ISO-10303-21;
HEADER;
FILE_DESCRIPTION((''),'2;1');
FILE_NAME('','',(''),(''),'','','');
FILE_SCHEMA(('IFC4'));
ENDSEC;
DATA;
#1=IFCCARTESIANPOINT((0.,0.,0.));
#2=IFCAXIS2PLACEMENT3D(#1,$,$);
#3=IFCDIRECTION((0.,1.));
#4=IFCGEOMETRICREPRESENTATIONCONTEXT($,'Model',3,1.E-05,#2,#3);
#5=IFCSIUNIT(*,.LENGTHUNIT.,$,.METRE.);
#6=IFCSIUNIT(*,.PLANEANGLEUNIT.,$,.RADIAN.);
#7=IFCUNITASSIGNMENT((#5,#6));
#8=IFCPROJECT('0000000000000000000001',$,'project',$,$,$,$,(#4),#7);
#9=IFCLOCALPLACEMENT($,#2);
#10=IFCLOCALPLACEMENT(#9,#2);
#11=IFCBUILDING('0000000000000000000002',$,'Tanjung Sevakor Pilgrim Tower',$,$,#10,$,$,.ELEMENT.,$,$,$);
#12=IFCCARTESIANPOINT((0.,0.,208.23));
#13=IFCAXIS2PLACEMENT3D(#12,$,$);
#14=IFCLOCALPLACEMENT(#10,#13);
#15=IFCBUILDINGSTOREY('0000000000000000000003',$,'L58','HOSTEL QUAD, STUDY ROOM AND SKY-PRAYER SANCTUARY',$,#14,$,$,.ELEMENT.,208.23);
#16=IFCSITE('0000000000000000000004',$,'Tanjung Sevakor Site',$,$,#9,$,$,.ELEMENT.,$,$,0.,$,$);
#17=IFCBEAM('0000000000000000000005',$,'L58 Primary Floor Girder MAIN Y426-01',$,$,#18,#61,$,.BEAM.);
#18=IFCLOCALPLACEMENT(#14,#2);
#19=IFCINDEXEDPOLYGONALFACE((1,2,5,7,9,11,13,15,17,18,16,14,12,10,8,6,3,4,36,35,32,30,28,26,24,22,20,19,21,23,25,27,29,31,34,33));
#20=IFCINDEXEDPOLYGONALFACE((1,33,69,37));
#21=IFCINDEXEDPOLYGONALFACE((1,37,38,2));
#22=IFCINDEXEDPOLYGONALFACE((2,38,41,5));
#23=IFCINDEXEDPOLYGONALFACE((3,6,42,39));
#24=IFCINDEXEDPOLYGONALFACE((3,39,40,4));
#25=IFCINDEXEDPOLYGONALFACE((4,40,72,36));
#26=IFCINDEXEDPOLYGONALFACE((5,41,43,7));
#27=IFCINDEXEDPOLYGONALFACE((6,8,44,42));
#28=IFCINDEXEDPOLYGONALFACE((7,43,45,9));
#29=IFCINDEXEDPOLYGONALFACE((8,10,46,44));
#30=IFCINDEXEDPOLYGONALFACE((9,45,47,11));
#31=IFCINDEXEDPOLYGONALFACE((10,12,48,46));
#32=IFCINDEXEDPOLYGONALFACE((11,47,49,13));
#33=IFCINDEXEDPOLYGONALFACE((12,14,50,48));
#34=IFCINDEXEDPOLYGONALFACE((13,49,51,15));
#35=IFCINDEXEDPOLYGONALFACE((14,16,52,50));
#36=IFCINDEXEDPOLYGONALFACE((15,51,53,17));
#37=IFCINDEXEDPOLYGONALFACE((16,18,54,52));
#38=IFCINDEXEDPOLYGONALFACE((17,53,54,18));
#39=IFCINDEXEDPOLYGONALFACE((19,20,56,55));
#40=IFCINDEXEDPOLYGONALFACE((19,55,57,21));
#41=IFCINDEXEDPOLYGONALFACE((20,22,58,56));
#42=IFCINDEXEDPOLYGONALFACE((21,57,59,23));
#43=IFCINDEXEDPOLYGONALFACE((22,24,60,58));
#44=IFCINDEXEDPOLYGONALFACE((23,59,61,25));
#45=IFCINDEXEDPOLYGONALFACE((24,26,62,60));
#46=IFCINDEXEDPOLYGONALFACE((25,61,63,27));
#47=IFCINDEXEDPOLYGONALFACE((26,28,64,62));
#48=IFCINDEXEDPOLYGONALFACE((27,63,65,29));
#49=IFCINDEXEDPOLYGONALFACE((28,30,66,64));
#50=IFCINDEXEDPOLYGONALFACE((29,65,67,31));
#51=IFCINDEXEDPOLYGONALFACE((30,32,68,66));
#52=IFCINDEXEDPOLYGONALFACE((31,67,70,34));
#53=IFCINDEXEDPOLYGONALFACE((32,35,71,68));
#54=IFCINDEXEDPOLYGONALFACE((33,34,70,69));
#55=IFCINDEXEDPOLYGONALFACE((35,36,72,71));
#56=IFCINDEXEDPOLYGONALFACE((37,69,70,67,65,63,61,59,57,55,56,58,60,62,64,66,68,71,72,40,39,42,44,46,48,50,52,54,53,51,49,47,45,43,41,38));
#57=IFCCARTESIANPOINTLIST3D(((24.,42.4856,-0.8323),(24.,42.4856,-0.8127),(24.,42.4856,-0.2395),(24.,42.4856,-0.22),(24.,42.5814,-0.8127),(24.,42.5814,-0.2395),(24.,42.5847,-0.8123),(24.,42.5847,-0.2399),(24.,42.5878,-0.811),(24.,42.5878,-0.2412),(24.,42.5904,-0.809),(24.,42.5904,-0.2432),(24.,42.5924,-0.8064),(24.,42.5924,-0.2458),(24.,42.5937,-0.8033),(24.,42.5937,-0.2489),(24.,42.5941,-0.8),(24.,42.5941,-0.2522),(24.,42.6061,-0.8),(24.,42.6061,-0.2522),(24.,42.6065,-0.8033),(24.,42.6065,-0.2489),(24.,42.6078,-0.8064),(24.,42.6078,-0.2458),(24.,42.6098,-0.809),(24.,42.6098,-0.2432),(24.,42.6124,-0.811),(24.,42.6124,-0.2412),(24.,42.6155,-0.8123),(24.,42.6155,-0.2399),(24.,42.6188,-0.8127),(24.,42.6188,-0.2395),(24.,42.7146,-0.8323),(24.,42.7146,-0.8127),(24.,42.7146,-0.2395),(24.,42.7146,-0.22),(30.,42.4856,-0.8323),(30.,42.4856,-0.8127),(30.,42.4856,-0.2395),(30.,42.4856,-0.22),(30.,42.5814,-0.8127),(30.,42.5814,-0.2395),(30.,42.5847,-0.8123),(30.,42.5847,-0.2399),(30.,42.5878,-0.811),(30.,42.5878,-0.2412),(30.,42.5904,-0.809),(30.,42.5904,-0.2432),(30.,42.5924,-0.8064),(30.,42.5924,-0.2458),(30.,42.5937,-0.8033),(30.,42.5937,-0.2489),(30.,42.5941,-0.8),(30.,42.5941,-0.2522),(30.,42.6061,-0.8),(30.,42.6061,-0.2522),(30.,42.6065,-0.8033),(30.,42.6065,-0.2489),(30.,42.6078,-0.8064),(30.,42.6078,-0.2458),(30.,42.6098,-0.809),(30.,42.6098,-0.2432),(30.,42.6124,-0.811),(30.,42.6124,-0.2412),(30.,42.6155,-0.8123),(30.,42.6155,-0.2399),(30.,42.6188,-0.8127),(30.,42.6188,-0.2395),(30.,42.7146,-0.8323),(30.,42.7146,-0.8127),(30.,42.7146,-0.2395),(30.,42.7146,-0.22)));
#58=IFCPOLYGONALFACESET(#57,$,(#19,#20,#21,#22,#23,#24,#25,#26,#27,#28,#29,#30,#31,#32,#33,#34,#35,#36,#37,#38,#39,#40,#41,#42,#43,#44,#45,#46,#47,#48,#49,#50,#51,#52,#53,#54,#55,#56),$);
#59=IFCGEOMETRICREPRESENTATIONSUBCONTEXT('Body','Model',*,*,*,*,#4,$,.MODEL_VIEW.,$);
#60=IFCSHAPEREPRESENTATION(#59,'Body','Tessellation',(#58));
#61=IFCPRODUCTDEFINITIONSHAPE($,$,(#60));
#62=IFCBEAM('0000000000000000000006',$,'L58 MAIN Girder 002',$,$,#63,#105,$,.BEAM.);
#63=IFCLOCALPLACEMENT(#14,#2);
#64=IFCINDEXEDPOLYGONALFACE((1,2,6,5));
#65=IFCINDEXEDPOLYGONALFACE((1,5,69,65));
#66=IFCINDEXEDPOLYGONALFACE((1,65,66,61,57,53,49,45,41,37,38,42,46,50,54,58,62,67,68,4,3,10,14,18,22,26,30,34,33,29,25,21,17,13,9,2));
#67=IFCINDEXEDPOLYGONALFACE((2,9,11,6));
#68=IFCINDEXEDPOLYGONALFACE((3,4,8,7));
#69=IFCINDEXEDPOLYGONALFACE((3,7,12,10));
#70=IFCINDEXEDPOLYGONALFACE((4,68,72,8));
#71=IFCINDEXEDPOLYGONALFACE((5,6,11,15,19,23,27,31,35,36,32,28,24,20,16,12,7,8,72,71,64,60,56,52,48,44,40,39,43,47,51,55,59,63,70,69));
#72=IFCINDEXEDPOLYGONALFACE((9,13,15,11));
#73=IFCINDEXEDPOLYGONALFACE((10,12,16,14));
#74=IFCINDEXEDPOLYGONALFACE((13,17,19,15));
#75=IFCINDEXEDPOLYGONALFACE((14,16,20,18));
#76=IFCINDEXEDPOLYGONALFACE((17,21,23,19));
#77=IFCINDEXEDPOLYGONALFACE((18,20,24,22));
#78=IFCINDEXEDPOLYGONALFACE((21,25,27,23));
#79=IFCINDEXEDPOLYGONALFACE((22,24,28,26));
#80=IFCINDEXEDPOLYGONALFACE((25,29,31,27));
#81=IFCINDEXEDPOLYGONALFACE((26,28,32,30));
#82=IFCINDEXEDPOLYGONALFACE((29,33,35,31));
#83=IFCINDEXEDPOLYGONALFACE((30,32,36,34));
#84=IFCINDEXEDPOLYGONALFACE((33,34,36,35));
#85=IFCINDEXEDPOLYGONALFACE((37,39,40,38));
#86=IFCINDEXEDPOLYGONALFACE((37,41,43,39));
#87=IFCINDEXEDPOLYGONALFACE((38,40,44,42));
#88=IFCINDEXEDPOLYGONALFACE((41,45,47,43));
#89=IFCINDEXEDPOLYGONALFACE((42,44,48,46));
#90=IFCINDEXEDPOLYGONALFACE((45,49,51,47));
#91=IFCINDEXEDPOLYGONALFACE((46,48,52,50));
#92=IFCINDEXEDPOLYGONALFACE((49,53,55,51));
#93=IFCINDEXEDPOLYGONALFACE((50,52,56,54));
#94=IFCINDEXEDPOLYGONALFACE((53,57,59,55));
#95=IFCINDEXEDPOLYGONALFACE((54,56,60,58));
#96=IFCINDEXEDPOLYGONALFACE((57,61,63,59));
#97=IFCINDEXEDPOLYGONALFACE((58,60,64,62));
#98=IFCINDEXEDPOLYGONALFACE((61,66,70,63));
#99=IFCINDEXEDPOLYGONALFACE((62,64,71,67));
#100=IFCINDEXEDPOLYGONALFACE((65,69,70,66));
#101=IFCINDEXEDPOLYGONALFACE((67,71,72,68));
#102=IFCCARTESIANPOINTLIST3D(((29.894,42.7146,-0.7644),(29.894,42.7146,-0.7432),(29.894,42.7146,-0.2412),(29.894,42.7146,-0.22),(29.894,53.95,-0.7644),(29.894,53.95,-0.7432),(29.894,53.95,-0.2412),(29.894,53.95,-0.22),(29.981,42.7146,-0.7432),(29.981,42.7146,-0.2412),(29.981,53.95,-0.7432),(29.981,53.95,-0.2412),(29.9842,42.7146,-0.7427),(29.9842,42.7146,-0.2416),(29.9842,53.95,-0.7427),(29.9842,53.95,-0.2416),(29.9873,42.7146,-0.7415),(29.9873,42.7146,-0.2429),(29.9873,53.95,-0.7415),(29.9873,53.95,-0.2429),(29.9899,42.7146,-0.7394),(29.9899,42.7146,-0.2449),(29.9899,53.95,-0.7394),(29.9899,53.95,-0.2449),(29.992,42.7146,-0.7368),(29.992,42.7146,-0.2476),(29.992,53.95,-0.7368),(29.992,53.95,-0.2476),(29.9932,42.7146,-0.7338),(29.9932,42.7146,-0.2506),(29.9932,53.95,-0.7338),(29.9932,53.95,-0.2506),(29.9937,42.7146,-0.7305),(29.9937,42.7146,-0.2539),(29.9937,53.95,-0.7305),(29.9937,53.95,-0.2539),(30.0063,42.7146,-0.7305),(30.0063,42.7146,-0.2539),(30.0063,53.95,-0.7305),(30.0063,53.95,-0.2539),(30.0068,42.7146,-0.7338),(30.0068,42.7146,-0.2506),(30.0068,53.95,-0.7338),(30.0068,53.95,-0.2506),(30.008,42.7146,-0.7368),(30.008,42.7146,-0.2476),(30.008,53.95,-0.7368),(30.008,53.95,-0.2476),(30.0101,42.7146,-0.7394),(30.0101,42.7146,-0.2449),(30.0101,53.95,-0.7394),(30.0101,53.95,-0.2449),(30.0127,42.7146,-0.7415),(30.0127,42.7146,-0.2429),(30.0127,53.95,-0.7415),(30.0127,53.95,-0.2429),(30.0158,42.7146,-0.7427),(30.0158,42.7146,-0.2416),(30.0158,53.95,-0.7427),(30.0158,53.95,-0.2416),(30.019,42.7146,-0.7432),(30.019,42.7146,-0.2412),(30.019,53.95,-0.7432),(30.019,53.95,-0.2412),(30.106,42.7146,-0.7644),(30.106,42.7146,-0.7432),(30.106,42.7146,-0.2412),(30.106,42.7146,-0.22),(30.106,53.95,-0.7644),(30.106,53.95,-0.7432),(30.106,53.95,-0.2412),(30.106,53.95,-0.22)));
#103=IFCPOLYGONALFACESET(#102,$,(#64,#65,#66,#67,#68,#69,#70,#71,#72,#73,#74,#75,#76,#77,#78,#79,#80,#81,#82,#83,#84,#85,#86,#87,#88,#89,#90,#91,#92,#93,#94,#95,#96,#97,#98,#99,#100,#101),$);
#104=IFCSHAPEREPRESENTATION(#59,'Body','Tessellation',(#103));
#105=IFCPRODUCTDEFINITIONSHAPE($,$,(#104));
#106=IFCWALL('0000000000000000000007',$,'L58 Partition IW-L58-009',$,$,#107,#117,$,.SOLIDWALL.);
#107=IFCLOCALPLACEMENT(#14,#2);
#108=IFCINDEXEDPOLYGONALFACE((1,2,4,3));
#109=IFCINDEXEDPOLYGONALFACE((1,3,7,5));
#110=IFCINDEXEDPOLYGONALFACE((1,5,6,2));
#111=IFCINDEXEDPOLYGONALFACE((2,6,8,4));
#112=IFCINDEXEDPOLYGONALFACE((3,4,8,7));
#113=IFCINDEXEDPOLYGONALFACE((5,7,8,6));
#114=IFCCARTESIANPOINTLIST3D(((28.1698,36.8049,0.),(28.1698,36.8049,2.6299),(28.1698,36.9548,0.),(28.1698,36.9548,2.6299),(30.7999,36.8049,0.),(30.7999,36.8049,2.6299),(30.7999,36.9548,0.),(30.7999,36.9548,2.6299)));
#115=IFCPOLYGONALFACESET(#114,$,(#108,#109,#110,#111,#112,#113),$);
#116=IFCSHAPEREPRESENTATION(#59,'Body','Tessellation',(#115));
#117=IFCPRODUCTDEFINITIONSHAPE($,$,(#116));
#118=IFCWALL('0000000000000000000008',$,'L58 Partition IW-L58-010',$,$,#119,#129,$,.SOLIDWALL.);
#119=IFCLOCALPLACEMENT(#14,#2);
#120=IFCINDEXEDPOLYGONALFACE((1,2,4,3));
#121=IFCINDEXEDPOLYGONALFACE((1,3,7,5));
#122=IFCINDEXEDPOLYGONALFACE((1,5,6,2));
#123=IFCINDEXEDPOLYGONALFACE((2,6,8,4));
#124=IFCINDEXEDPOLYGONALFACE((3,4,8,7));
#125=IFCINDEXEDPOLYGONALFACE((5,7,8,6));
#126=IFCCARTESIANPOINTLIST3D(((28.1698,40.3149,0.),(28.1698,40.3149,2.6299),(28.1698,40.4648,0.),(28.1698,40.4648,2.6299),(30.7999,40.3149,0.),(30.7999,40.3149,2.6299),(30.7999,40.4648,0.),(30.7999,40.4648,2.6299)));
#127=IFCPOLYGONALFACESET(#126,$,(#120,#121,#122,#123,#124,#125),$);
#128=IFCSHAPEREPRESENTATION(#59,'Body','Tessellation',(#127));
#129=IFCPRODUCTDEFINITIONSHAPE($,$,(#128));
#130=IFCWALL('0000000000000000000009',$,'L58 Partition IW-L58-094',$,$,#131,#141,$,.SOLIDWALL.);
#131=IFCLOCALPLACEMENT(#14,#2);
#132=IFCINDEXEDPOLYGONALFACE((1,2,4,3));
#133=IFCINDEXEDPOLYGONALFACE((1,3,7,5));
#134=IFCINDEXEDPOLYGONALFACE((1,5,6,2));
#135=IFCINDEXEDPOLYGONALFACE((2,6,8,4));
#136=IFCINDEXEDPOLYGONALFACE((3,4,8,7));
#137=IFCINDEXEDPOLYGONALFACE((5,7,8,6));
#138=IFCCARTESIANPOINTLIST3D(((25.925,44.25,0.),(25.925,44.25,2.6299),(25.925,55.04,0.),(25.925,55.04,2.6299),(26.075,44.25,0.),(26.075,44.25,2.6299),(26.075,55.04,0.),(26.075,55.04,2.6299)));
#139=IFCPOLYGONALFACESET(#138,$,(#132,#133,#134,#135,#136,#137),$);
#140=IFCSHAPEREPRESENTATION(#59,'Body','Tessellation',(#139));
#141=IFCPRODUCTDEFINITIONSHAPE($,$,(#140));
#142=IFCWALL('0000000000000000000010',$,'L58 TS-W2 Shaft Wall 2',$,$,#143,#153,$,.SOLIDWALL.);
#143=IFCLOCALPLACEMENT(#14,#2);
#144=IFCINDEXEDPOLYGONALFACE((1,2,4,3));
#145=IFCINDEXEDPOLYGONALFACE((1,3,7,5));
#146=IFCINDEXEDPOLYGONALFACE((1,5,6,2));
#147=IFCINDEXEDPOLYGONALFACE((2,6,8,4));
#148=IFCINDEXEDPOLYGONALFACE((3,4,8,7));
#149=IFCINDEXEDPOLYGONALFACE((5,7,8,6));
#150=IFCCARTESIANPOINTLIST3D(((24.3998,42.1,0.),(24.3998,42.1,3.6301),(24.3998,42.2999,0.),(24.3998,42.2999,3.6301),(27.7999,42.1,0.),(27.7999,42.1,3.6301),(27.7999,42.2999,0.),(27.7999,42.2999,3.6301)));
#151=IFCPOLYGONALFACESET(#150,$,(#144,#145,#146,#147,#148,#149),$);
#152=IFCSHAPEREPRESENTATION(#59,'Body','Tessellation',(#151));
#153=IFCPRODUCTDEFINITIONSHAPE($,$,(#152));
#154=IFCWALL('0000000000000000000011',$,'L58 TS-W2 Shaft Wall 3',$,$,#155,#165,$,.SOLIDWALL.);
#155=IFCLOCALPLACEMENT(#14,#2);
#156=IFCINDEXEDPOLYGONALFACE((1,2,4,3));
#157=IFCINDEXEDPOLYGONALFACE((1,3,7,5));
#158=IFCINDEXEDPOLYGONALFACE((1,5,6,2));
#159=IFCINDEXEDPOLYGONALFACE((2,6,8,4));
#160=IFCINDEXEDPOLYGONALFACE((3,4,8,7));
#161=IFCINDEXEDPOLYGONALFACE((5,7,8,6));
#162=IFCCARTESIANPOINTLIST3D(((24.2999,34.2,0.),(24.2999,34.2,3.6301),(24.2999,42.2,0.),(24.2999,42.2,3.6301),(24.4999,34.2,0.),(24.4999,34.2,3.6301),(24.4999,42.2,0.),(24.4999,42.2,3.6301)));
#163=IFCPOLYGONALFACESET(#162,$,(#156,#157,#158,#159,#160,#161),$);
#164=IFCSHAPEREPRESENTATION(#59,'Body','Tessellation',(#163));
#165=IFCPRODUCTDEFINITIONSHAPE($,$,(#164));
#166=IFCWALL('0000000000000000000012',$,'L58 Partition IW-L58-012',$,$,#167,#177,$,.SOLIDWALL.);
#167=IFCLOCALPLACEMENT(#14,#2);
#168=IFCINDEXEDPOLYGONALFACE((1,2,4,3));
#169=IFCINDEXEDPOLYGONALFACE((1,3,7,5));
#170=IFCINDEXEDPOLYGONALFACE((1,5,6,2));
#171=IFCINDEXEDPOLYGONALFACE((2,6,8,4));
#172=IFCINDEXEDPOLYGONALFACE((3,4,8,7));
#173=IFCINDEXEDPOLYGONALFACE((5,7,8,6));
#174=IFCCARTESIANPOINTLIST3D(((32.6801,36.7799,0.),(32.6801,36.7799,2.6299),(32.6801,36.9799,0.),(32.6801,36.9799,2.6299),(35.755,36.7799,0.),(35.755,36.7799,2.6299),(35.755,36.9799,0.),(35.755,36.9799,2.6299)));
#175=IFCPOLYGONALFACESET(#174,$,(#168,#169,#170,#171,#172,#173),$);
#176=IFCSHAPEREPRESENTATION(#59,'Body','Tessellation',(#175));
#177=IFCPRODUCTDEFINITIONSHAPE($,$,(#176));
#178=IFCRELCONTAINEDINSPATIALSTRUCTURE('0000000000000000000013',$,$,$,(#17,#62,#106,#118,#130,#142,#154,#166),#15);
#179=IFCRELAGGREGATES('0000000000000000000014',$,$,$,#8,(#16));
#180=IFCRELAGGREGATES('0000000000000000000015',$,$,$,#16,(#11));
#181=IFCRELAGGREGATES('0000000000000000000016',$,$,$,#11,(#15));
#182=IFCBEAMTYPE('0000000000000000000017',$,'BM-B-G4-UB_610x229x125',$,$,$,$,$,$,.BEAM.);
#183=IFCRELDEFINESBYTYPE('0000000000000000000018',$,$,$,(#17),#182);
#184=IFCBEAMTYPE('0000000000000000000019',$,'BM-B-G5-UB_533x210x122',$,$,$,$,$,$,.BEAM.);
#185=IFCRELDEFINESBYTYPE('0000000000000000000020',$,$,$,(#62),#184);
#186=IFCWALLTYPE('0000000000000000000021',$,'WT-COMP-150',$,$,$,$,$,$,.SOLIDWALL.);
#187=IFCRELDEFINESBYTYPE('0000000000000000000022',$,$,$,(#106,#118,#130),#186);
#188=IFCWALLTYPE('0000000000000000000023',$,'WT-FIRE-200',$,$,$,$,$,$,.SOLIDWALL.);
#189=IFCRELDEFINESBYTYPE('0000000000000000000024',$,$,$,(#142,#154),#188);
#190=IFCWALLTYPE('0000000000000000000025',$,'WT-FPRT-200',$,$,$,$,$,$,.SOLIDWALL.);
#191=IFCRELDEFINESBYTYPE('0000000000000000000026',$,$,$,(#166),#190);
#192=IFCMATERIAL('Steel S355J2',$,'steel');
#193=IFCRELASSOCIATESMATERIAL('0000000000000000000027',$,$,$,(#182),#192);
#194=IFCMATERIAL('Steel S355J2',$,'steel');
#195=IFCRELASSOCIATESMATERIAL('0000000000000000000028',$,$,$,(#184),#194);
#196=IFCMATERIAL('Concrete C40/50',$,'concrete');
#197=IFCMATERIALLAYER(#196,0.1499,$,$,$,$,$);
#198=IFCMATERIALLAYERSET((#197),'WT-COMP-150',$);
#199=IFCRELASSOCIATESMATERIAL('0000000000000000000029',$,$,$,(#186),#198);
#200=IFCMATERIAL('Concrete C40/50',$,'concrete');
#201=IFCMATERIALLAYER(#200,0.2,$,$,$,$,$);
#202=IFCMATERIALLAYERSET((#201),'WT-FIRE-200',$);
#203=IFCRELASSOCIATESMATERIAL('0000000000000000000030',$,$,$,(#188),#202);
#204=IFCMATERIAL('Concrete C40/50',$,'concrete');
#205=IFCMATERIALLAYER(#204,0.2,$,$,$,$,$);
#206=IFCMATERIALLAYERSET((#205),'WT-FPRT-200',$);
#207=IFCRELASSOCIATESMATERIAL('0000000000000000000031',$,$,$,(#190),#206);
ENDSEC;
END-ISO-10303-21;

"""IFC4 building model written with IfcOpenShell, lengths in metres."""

from ifc_helpers import new_model, si_unit, direction, frame, frame_2d, origin, origin_2d, place, context, subcontext, project, spatial, rectangle, i_section, extrude, material, layer, layer_set, material_profile, profile_set, type_object, element, save


model = new_model("IFC4")

# Units and contexts
model_context = context("Model", 3, precision=1e-05, world=origin(), true_north=direction((0.0, 1.0)))
body_context = subcontext(model_context, "Body", "Model", "MODEL_VIEW")
ifc_project = project(units=[si_unit("LENGTHUNIT", "METRE"), si_unit("PLANEANGLEUNIT", "RADIAN")], contexts=[model_context])

# Site, building, storey
site_placement = place(None, origin())
site = spatial("IfcSite", under=ifc_project, at=site_placement, Name="Tanjung Sevakor Site", CompositionType="ELEMENT", RefElevation=0.0)
building_placement = place(site_placement, origin())
building = spatial("IfcBuilding", under=site, at=building_placement, Name="Tanjung Sevakor Pilgrim Tower", CompositionType="ELEMENT")
storey_placement = place(building_placement, frame((0.0, 0.0, 208.23)))
storey = spatial("IfcBuildingStorey", under=building, at=storey_placement, Name="L58", Description="HOSTEL QUAD, STUDY ROOM AND SKY-PRAYER SANCTUARY", CompositionType="ELEMENT", Elevation=208.23)

# Beams
ifc_material_1 = material(Name="Steel S355J2", Category="steel")
ifc_material_profile_1 = material_profile(ifc_material_1, i_section(OverallWidth=0.229, OverallDepth=0.6123, WebThickness=0.012, FlangeThickness=0.0195, FilletRadius=0.0127, at=origin_2d()))
ifc_profile_set_1 = profile_set([ifc_material_profile_1], Name="Steel S355J2")
beam_type_1 = type_object("IfcBeamType", Name="BM-B-G4-UB_610x229x125", PredefinedType="BEAM", material=ifc_profile_set_1)
beam_1_placement = place(storey_placement, frame((24.0, 42.6001, -0.5261), z_axis=(1.0, 0.0, 0.0), x_axis=(0.0, 1.0, 0.0)))
element("IfcBeam", 1, at=beam_1_placement, inside=storey, type_object=beam_type_1, Name="L58 Primary Floor Girder MAIN Y426-01", PredefinedType="BEAM", context=body_context, shape_type="SweptSolid", body=[
    extrude(i_section(OverallWidth=0.229, OverallDepth=0.6123, WebThickness=0.012, FlangeThickness=0.0195, FilletRadius=0.0127, at=origin_2d()), origin(), (0.0, 0.0, 1.0), 6.0),
])
ifc_material_2 = material(Name="Steel S355J2", Category="steel")
ifc_material_profile_2 = material_profile(ifc_material_2, i_section(OverallWidth=0.2119, OverallDepth=0.5444, WebThickness=0.0127, FlangeThickness=0.0212, FilletRadius=0.0127, at=origin_2d()))
ifc_profile_set_2 = profile_set([ifc_material_profile_2], Name="Steel S355J2")
beam_type_2 = type_object("IfcBeamType", Name="BM-B-G5-UB_533x210x122", PredefinedType="BEAM", material=ifc_profile_set_2)
beam_2_placement = place(storey_placement, frame((30.0, 42.7146, -0.4922), z_axis=(0.0, 1.0, 0.0), x_axis=(-1.0, 0.0, 0.0)))
element("IfcBeam", 2, at=beam_2_placement, inside=storey, type_object=beam_type_2, Name="L58 MAIN Girder 002", PredefinedType="BEAM", context=body_context, shape_type="SweptSolid", body=[
    extrude(i_section(OverallWidth=0.2119, OverallDepth=0.5444, WebThickness=0.0127, FlangeThickness=0.0212, FilletRadius=0.0127, at=origin_2d()), origin(), (0.0, 0.0, 1.0), 11.2354),
])

# Walls
ifc_material_3 = material(Name="Concrete C40/50", Category="concrete")
ifc_layer_1 = layer(ifc_material_3, 0.1499)
ifc_layer_set_1 = layer_set([ifc_layer_1], Name="WT-COMP-150")
wall_type_1 = type_object("IfcWallType", Name="WT-COMP-150", PredefinedType="SOLIDWALL", material=ifc_layer_set_1)
for number, where, z_axis, x_axis, name in (
    (3, (28.1699, 36.8799, 0.0), (0.0, 0.0, 1.0), (1.0, 0.0, 0.0), "L58 Partition IW-L58-009"),
    (4, (28.1699, 40.3899, 0.0), (0.0, 0.0, 1.0), (1.0, 0.0, 0.0), "L58 Partition IW-L58-010"),
):
    element("IfcWall", number, at=place(storey_placement, frame(where, z_axis=z_axis, x_axis=x_axis)), inside=storey, type_object=wall_type_1, Name=name, PredefinedType="SOLIDWALL", context=body_context, shape_type="SweptSolid", body=[
        extrude(rectangle(XDim=2.6301, YDim=0.1499, at=frame_2d((1.3149, 0.0))), origin(), (0.0, 0.0, 1.0), 2.6299),
    ])

# Wall
wall_1_placement = place(storey_placement, frame((26.0, 44.25, 0.0), z_axis=(0.0, 0.0, 1.0), x_axis=(0.0, 1.0, 0.0)))
element("IfcWall", 5, at=wall_1_placement, inside=storey, type_object=wall_type_1, Name="L58 Partition IW-L58-094", PredefinedType="SOLIDWALL", context=body_context, shape_type="SweptSolid", body=[
    extrude(rectangle(XDim=10.79, YDim=0.1499, at=frame_2d((5.395, 0.0))), origin(), (0.0, 0.0, 1.0), 2.6299),
])

# Walls
ifc_material_4 = material(Name="Concrete C40/50", Category="concrete")
ifc_layer_2 = layer(ifc_material_4, 0.2)
ifc_layer_set_2 = layer_set([ifc_layer_2], Name="WT-FIRE-200")
wall_type_2 = type_object("IfcWallType", Name="WT-FIRE-200", PredefinedType="SOLIDWALL", material=ifc_layer_set_2)
wall_2_placement = place(storey_placement, frame((27.8, 42.2, 0.0), z_axis=(0.0, 0.0, 1.0), x_axis=(-1.0, 0.0, 0.0)))
element("IfcWall", 6, at=wall_2_placement, inside=storey, type_object=wall_type_2, Name="L58 TS-W2 Shaft Wall 2", PredefinedType="SOLIDWALL", context=body_context, shape_type="SweptSolid", body=[
    extrude(rectangle(XDim=3.4001, YDim=0.2, at=frame_2d((1.7002, 0.0))), origin(), (0.0, 0.0, 1.0), 3.6301),
])
wall_3_placement = place(storey_placement, frame((24.3999, 42.2, 0.0), z_axis=(0.0, 0.0, 1.0), x_axis=(0.0, -1.0, 0.0)))
element("IfcWall", 7, at=wall_3_placement, inside=storey, type_object=wall_type_2, Name="L58 TS-W2 Shaft Wall 3", PredefinedType="SOLIDWALL", context=body_context, shape_type="SweptSolid", body=[
    extrude(rectangle(XDim=8.0, YDim=0.2, at=frame_2d((4.0, 0.0))), origin(), (0.0, 0.0, 1.0), 3.6301),
])
ifc_material_5 = material(Name="Concrete C40/50", Category="concrete")
ifc_layer_3 = layer(ifc_material_5, 0.2)
ifc_layer_set_3 = layer_set([ifc_layer_3], Name="WT-FPRT-200")
wall_type_3 = type_object("IfcWallType", Name="WT-FPRT-200", PredefinedType="SOLIDWALL", material=ifc_layer_set_3)
wall_4_placement = place(storey_placement, frame((32.6799, 36.8799, 0.0), z_axis=(0.0, 0.0, 1.0), x_axis=(1.0, 0.0, 0.0)))
element("IfcWall", 8, at=wall_4_placement, inside=storey, type_object=wall_type_3, Name="L58 Partition IW-L58-012", PredefinedType="SOLIDWALL", context=body_context, shape_type="SweptSolid", body=[
    extrude(rectangle(XDim=3.075, YDim=0.2, at=frame_2d((1.5376, 0.0))), origin(), (0.0, 0.0, 1.0), 2.6299),
])

save(model, "model.ifc")
